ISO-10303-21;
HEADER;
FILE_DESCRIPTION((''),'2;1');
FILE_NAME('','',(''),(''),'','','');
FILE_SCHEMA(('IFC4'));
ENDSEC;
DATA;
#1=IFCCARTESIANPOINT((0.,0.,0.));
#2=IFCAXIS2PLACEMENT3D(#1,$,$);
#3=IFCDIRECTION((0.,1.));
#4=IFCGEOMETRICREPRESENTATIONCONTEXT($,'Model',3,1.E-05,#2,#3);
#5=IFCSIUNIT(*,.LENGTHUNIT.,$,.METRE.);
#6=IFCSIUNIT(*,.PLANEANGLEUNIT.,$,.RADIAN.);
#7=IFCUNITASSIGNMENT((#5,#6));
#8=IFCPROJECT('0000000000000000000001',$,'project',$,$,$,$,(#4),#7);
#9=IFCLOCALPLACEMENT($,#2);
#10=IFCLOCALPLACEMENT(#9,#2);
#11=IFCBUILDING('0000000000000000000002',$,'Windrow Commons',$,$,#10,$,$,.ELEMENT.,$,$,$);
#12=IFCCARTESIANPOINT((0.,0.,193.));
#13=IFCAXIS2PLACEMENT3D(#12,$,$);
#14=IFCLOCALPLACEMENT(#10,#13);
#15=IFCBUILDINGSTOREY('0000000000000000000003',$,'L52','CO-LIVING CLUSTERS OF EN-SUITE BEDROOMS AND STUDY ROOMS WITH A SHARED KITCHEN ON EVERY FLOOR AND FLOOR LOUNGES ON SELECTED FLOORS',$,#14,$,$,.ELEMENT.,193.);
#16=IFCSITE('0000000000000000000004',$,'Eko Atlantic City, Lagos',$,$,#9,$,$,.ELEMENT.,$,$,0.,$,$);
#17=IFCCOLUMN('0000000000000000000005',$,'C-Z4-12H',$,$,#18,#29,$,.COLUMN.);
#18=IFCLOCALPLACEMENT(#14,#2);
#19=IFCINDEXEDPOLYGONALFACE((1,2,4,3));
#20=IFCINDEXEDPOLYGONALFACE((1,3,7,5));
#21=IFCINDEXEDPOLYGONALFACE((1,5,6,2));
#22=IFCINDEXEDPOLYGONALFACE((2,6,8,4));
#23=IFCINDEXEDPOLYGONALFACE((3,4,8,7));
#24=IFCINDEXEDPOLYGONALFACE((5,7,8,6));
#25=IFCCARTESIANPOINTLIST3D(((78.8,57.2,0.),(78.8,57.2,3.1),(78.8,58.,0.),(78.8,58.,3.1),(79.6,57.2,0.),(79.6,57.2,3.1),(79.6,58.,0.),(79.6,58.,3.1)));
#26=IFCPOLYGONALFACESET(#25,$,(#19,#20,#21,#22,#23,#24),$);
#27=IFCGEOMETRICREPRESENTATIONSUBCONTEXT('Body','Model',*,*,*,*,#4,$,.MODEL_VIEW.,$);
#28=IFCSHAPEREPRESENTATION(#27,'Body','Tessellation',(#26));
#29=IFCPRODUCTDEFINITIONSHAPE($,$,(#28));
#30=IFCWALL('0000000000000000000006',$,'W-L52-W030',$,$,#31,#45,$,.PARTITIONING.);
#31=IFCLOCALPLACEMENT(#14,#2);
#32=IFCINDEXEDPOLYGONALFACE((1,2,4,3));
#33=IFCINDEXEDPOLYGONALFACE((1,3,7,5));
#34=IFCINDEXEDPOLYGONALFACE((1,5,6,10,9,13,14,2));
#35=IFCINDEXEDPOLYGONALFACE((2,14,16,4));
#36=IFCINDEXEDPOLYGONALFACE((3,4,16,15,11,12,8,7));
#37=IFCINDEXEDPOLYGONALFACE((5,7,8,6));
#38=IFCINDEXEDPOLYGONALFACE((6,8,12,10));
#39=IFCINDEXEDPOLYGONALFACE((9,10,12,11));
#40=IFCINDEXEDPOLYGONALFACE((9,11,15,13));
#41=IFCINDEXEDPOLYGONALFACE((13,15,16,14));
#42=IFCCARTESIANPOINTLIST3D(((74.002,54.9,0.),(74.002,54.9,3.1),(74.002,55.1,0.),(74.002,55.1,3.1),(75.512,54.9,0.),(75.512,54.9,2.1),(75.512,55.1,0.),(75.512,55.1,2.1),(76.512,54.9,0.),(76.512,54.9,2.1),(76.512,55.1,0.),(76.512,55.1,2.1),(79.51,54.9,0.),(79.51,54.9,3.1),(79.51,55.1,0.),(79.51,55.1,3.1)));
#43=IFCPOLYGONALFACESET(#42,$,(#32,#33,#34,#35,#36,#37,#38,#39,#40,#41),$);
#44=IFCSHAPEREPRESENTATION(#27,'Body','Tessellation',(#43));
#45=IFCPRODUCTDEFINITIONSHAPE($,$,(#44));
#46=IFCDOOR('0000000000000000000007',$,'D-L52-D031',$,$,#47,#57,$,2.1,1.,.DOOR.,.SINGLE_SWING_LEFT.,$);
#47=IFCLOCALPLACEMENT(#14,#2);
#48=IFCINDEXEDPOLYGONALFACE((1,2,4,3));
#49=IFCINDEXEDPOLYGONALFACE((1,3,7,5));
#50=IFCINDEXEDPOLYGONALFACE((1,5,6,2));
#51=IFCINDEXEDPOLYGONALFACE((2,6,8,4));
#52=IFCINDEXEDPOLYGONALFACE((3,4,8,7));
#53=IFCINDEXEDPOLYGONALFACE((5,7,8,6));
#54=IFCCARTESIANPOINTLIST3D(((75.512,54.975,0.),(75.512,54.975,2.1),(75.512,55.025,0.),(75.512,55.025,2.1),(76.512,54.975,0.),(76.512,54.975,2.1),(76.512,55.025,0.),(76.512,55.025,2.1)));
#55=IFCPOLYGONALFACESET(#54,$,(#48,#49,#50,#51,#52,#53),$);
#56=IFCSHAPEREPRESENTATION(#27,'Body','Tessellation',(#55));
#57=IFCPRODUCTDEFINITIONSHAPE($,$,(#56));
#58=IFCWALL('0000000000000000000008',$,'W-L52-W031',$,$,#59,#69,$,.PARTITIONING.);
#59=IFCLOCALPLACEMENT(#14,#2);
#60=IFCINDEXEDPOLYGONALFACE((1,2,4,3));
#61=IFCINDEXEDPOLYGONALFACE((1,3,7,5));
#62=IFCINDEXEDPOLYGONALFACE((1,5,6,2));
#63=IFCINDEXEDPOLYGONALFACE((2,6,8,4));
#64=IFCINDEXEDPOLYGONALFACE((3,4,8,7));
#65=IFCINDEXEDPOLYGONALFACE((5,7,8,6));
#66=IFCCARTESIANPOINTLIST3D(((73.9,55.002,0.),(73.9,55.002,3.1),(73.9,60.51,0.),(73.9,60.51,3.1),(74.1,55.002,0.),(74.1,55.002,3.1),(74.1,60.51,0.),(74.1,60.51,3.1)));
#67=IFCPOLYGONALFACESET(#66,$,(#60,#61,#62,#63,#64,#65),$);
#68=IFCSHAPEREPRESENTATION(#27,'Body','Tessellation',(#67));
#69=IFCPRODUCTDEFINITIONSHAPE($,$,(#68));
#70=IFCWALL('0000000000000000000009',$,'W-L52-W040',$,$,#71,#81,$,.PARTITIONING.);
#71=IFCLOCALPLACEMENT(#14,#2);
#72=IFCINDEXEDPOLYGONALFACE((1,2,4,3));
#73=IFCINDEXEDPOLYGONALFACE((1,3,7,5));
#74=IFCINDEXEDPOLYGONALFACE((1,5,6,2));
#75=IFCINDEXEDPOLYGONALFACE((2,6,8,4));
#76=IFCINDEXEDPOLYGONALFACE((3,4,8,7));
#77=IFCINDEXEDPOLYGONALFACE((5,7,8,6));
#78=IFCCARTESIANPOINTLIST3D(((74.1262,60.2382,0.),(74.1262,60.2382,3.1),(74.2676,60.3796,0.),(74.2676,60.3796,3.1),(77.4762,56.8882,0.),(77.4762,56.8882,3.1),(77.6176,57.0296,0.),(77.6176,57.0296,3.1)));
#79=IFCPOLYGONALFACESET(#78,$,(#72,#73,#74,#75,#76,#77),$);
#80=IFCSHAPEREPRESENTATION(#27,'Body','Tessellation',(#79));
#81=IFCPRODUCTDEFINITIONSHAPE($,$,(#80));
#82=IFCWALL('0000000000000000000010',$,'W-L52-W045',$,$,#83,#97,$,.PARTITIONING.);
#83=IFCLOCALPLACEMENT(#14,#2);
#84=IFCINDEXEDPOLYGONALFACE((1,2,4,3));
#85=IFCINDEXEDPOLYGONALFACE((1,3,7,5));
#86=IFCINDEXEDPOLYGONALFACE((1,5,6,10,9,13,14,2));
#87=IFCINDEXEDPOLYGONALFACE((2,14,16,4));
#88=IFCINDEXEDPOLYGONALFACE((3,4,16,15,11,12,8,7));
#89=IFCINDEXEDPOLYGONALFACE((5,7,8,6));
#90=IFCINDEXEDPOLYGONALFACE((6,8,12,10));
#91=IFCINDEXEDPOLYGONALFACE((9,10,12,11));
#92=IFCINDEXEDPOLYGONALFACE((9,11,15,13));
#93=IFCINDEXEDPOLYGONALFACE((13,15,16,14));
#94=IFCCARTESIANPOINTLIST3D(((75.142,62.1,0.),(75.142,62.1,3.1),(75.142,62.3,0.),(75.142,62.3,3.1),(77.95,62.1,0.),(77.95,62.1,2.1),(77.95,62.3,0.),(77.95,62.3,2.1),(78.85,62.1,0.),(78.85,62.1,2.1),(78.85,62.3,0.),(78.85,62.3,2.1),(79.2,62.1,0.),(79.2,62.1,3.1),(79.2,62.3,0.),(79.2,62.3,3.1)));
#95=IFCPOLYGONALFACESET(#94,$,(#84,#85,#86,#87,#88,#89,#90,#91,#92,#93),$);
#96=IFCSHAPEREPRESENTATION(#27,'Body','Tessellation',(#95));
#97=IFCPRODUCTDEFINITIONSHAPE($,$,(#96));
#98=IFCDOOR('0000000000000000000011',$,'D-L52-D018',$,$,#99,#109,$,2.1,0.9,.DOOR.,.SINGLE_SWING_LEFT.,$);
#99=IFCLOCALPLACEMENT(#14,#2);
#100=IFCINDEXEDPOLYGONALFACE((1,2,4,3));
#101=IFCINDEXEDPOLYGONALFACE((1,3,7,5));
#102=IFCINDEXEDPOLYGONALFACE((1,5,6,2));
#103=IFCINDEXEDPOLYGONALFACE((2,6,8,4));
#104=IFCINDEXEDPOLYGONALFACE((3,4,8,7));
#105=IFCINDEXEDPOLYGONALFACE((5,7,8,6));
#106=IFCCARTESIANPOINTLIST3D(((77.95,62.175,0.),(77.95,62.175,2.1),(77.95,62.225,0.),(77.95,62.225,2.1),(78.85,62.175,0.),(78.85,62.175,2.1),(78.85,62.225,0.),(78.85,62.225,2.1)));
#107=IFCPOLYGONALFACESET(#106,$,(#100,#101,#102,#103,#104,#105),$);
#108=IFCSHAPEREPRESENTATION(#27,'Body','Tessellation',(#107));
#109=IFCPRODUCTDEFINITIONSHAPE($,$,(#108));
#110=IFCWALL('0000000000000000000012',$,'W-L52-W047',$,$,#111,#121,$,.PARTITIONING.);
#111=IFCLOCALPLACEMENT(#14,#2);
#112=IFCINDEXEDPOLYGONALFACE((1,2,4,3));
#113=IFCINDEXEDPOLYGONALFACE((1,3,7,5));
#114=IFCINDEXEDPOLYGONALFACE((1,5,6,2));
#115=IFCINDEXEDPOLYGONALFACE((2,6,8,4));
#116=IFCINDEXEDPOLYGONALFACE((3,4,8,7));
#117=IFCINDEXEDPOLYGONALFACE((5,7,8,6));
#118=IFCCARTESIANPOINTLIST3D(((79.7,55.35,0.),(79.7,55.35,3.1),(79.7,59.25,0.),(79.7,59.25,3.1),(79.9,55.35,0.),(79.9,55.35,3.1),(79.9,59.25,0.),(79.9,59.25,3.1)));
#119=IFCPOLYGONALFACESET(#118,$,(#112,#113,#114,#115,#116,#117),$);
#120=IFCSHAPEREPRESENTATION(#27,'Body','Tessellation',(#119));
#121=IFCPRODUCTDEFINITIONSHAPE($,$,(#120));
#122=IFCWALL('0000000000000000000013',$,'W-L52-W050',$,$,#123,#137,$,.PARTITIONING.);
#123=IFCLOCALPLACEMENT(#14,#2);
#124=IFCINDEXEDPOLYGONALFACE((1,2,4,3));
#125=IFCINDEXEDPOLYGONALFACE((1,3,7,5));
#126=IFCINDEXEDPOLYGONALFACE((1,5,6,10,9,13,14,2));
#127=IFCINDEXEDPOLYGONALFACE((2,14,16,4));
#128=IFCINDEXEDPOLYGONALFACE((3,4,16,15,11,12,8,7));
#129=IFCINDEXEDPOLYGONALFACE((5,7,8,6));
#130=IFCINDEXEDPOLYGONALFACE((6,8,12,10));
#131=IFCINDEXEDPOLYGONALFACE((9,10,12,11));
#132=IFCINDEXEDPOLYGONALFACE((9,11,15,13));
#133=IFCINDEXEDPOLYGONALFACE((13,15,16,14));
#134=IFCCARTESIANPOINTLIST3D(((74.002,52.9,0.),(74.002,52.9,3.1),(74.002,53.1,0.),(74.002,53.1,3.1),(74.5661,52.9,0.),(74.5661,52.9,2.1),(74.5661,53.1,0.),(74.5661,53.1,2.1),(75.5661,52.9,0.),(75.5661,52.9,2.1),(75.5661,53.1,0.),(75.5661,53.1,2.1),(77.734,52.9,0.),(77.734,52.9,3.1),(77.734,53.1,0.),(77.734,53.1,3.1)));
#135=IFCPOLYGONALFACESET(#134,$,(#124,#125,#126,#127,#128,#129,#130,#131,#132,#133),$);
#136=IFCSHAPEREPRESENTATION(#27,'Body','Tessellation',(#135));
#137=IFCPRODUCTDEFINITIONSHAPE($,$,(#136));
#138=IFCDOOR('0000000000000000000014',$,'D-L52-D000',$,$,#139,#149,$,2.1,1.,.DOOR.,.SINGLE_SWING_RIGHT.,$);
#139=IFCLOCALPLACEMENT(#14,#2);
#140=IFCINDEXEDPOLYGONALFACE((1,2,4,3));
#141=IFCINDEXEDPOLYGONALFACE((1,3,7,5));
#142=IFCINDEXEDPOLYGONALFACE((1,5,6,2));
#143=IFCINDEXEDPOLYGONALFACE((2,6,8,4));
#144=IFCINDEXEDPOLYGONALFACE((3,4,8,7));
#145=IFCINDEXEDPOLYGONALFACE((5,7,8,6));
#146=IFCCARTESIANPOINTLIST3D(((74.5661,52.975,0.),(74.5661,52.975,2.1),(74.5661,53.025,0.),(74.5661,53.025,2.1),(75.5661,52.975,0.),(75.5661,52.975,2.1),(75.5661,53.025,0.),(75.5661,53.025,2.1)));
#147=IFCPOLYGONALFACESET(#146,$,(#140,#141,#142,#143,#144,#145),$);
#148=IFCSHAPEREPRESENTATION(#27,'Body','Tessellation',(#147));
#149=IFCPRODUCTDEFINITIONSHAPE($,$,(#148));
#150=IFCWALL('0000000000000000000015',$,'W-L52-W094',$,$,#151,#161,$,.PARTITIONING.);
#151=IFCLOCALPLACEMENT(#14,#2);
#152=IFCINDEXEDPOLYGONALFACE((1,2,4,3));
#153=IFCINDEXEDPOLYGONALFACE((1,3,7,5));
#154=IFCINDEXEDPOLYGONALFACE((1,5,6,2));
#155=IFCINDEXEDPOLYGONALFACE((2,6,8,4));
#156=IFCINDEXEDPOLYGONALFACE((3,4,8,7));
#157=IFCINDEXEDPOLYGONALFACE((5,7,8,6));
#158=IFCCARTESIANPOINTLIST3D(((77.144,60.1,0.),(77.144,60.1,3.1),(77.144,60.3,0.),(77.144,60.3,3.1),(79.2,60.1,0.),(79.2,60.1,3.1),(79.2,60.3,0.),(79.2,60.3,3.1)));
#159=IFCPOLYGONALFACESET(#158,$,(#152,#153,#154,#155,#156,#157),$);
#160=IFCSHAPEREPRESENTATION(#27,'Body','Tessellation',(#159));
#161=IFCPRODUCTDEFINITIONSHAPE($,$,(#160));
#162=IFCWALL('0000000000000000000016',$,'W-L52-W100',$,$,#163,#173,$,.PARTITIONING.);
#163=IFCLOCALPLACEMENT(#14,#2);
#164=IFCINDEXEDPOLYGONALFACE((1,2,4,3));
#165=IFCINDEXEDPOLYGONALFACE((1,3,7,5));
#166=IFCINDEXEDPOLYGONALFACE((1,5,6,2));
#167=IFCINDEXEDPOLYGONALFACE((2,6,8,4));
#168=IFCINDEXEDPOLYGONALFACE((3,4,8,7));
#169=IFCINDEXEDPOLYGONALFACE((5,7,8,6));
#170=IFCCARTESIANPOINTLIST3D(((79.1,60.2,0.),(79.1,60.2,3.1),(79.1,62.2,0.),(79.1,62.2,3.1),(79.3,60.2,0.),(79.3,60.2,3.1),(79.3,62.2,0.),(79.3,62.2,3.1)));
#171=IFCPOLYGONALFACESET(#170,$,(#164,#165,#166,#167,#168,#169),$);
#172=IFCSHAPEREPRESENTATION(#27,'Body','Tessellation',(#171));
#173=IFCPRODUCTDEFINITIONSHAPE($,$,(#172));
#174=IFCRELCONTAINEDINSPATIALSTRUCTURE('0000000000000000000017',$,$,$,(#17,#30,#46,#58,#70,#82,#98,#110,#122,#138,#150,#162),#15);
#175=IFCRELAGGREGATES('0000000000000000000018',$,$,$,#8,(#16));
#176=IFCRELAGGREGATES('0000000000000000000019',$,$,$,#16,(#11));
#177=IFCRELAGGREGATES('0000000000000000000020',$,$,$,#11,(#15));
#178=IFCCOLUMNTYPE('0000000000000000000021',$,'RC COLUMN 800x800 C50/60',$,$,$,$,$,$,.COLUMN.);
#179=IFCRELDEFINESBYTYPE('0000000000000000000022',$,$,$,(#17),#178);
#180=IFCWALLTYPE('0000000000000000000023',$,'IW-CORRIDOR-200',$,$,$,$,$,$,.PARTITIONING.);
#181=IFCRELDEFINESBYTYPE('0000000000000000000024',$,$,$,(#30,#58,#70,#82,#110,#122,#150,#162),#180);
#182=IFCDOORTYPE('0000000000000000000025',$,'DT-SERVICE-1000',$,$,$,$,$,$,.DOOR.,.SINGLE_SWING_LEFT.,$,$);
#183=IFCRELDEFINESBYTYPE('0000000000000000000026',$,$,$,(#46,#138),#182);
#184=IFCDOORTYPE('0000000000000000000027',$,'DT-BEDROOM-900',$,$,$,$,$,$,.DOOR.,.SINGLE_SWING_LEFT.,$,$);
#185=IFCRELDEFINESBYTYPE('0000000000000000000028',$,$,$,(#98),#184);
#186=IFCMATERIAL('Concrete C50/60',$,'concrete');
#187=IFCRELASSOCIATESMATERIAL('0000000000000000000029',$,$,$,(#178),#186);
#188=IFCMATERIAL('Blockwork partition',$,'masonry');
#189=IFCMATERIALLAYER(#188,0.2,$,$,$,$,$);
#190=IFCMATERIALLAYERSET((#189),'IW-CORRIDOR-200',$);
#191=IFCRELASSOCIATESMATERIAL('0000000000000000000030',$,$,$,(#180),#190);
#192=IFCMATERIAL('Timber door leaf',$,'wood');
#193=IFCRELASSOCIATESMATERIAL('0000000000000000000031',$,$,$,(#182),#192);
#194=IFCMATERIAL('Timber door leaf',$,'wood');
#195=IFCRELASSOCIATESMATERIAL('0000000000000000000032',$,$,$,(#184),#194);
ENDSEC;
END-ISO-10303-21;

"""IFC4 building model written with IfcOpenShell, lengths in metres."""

from ifc_helpers import new_model, si_unit, direction, frame, frame_2d, origin, origin_2d, place, context, subcontext, project, spatial, rectangle, extrude, material, layer, layer_set, material_profile, profile_set, type_object, element, fill, save


model = new_model("IFC4")

# Units and contexts
model_context = context("Model", 3, precision=1e-05, world=origin(), true_north=direction((0.0, 1.0)))
body_context = subcontext(model_context, "Body", "Model", "MODEL_VIEW")
ifc_project = project(units=[si_unit("LENGTHUNIT", "METRE"), si_unit("PLANEANGLEUNIT", "RADIAN")], contexts=[model_context])

# Site, building, storey
site_placement = place(None, origin())
site = spatial("IfcSite", under=ifc_project, at=site_placement, Name="Eko Atlantic City, Lagos", CompositionType="ELEMENT", RefElevation=0.0)
building_placement = place(site_placement, origin())
building = spatial("IfcBuilding", under=site, at=building_placement, Name="Windrow Commons", CompositionType="ELEMENT")
storey_placement = place(building_placement, frame((0.0, 0.0, 193.0)))
storey = spatial("IfcBuildingStorey", under=building, at=storey_placement, Name="L52", Description="CO-LIVING CLUSTERS OF EN-SUITE BEDROOMS AND STUDY ROOMS WITH A SHARED KITCHEN ON EVERY FLOOR AND FLOOR LOUNGES ON SELECTED FLOORS", CompositionType="ELEMENT", Elevation=193.0)

# Column
ifc_material_1 = material(Name="Concrete C50/60", Category="concrete")
ifc_material_profile = material_profile(ifc_material_1, rectangle(XDim=0.8, YDim=0.8, at=origin_2d()))
ifc_profile_set = profile_set([ifc_material_profile], Name="Concrete C50/60")
column_type = type_object("IfcColumnType", Name="RC COLUMN 800x800 C50/60", PredefinedType="COLUMN", material=ifc_profile_set)
column_placement = place(storey_placement, frame((79.2, 57.6, 0.0), z_axis=(0.0, 0.0, 1.0), x_axis=(1.0, 0.0, 0.0)))
element("IfcColumn", 1, at=column_placement, inside=storey, type_object=column_type, Name="C-Z4-12H", PredefinedType="COLUMN", context=body_context, shape_type="SweptSolid", body=[
    extrude(rectangle(XDim=0.8, YDim=0.8, at=origin_2d()), origin(), (0.0, 0.0, 1.0), 3.1),
])

# Wall, opening, door
ifc_material_2 = material(Name="Blockwork partition", Category="masonry")
ifc_layer_1 = layer(ifc_material_2, 0.2)
ifc_layer_set_1 = layer_set([ifc_layer_1], Name="IW-CORRIDOR-200")
wall_type_1 = type_object("IfcWallType", Name="IW-CORRIDOR-200", PredefinedType="PARTITIONING", material=ifc_layer_set_1)
wall_1_placement = place(storey_placement, frame((74.002, 55.0, 0.0), z_axis=(0.0, 0.0, 1.0), x_axis=(1.0, 0.0, 0.0)))
wall_1 = element("IfcWall", 2, at=wall_1_placement, inside=storey, type_object=wall_type_1, Name="W-L52-W030", PredefinedType="PARTITIONING", context=body_context, shape_type="SweptSolid", body=[
    extrude(rectangle(XDim=5.508, YDim=0.2, at=frame_2d((2.754, 0.0))), origin(), (0.0, 0.0, 1.0), 3.1),
])
opening_1_placement = place(wall_1_placement, frame((1.51, 0.0, 0.0)))
opening_1 = element("IfcOpeningElement", 3, at=opening_1_placement, cuts=wall_1, PredefinedType="OPENING", context=body_context, shape_type="SweptSolid", body=[
    extrude(rectangle(XDim=1.0, YDim=2.1, at=frame_2d((0.5, 1.05))), frame((0.0, 0.11, 0.0), z_axis=(0.0, -1.0, 0.0), x_axis=(1.0, 0.0, 0.0)), (0.0, 0.0, 1.0), 0.22),
])
ifc_material_3 = material(Name="Timber door leaf", Category="wood")
door_type_1 = type_object("IfcDoorType", Name="DT-SERVICE-1000", OperationType="SINGLE_SWING_LEFT", PredefinedType="DOOR", material=ifc_material_3)
door_1_placement = place(opening_1_placement, origin())
door_1 = element("IfcDoor", 4, at=door_1_placement, inside=storey, type_object=door_type_1, Name="D-L52-D031", OperationType="SINGLE_SWING_LEFT", OverallHeight=2.1, OverallWidth=1.0, PredefinedType="DOOR", context=body_context, shape_type="SweptSolid", body=[
    extrude(rectangle(XDim=1.0, YDim=2.1, at=frame_2d((0.5, 1.05))), frame((0.0, 0.025, 0.0), z_axis=(0.0, -1.0, 0.0), x_axis=(1.0, 0.0, 0.0)), (0.0, 0.0, 1.0), 0.05),
])
fill(opening_1, door_1)

# Walls
wall_2_placement = place(storey_placement, frame((74.0, 55.002, 0.0), z_axis=(0.0, 0.0, 1.0), x_axis=(0.0, 1.0, 0.0)))
element("IfcWall", 5, at=wall_2_placement, inside=storey, type_object=wall_type_1, Name="W-L52-W031", PredefinedType="PARTITIONING", context=body_context, shape_type="SweptSolid", body=[
    extrude(rectangle(XDim=5.508, YDim=0.2, at=frame_2d((2.754, 0.0))), origin(), (0.0, 0.0, 1.0), 3.1),
])
wall_3_placement = place(storey_placement, frame((74.1969, 60.3089, 0.0), z_axis=(0.0, 0.0, 1.0), x_axis=(0.707107, -0.707107, 0.0)))
element("IfcWall", 6, at=wall_3_placement, inside=storey, type_object=wall_type_1, Name="W-L52-W040", PredefinedType="PARTITIONING", context=body_context, shape_type="SweptSolid", body=[
    extrude(rectangle(XDim=4.7376, YDim=0.2, at=frame_2d((2.3688, 0.0))), origin(), (0.0, 0.0, 1.0), 3.1),
])

# Wall, opening, door
wall_4_placement = place(storey_placement, frame((75.142, 62.2, 0.0), z_axis=(0.0, 0.0, 1.0), x_axis=(1.0, 0.0, 0.0)))
wall_4 = element("IfcWall", 7, at=wall_4_placement, inside=storey, type_object=wall_type_1, Name="W-L52-W045", PredefinedType="PARTITIONING", context=body_context, shape_type="SweptSolid", body=[
    extrude(rectangle(XDim=4.058, YDim=0.2, at=frame_2d((2.029, 0.0))), origin(), (0.0, 0.0, 1.0), 3.1),
])
opening_2_placement = place(wall_4_placement, frame((2.808, 0.0, 0.0)))
opening_2 = element("IfcOpeningElement", 8, at=opening_2_placement, cuts=wall_4, PredefinedType="OPENING", context=body_context, shape_type="SweptSolid", body=[
    extrude(rectangle(XDim=0.9, YDim=2.1, at=frame_2d((0.45, 1.05))), frame((0.0, 0.11, 0.0), z_axis=(0.0, -1.0, 0.0), x_axis=(1.0, 0.0, 0.0)), (0.0, 0.0, 1.0), 0.22),
])
ifc_material_4 = material(Name="Timber door leaf", Category="wood")
door_type_2 = type_object("IfcDoorType", Name="DT-BEDROOM-900", OperationType="SINGLE_SWING_LEFT", PredefinedType="DOOR", material=ifc_material_4)
door_2_placement = place(opening_2_placement, origin())
door_2 = element("IfcDoor", 9, at=door_2_placement, inside=storey, type_object=door_type_2, Name="D-L52-D018", OperationType="SINGLE_SWING_LEFT", OverallHeight=2.1, OverallWidth=0.9, PredefinedType="DOOR", context=body_context, shape_type="SweptSolid", body=[
    extrude(rectangle(XDim=0.9, YDim=2.1, at=frame_2d((0.45, 1.05))), frame((0.0, 0.025, 0.0), z_axis=(0.0, -1.0, 0.0), x_axis=(1.0, 0.0, 0.0)), (0.0, 0.0, 1.0), 0.05),
])
fill(opening_2, door_2)

# Wall
wall_5_placement = place(storey_placement, frame((79.8, 55.35, 0.0), z_axis=(0.0, 0.0, 1.0), x_axis=(0.0, 1.0, 0.0)))
element("IfcWall", 10, at=wall_5_placement, inside=storey, type_object=wall_type_1, Name="W-L52-W047", PredefinedType="PARTITIONING", context=body_context, shape_type="SweptSolid", body=[
    extrude(rectangle(XDim=3.9, YDim=0.2, at=frame_2d((1.95, 0.0))), origin(), (0.0, 0.0, 1.0), 3.1),
])

# Wall, opening, door
wall_6_placement = place(storey_placement, frame((74.002, 53.0, 0.0), z_axis=(0.0, 0.0, 1.0), x_axis=(1.0, 0.0, 0.0)))
wall_6 = element("IfcWall", 11, at=wall_6_placement, inside=storey, type_object=wall_type_1, Name="W-L52-W050", PredefinedType="PARTITIONING", context=body_context, shape_type="SweptSolid", body=[
    extrude(rectangle(XDim=3.732, YDim=0.2, at=frame_2d((1.866, 0.0))), origin(), (0.0, 0.0, 1.0), 3.1),
])
opening_3_placement = place(wall_6_placement, frame((0.5641, 0.0, 0.0)))
opening_3 = element("IfcOpeningElement", 12, at=opening_3_placement, cuts=wall_6, PredefinedType="OPENING", context=body_context, shape_type="SweptSolid", body=[
    extrude(rectangle(XDim=1.0, YDim=2.1, at=frame_2d((0.5, 1.05))), frame((0.0, 0.11, 0.0), z_axis=(0.0, -1.0, 0.0), x_axis=(1.0, 0.0, 0.0)), (0.0, 0.0, 1.0), 0.22),
])
door_3_placement = place(opening_3_placement, origin())
door_3 = element("IfcDoor", 13, at=door_3_placement, inside=storey, type_object=door_type_1, Name="D-L52-D000", OperationType="SINGLE_SWING_RIGHT", OverallHeight=2.1, OverallWidth=1.0, PredefinedType="DOOR", context=body_context, shape_type="SweptSolid", body=[
    extrude(rectangle(XDim=1.0, YDim=2.1, at=frame_2d((0.5, 1.05))), frame((0.0, 0.025, 0.0), z_axis=(0.0, -1.0, 0.0), x_axis=(1.0, 0.0, 0.0)), (0.0, 0.0, 1.0), 0.05),
])
fill(opening_3, door_3)

# Walls
wall_7_placement = place(storey_placement, frame((77.144, 60.2, 0.0), z_axis=(0.0, 0.0, 1.0), x_axis=(1.0, 0.0, 0.0)))
element("IfcWall", 14, at=wall_7_placement, inside=storey, type_object=wall_type_1, Name="W-L52-W094", PredefinedType="PARTITIONING", context=body_context, shape_type="SweptSolid", body=[
    extrude(rectangle(XDim=2.056, YDim=0.2, at=frame_2d((1.028, 0.0))), origin(), (0.0, 0.0, 1.0), 3.1),
])
wall_8_placement = place(storey_placement, frame((79.2, 60.2, 0.0), z_axis=(0.0, 0.0, 1.0), x_axis=(0.0, 1.0, 0.0)))
element("IfcWall", 15, at=wall_8_placement, inside=storey, type_object=wall_type_1, Name="W-L52-W100", PredefinedType="PARTITIONING", context=body_context, shape_type="SweptSolid", body=[
    extrude(rectangle(XDim=2.0, YDim=0.2, at=frame_2d((1.0, 0.0))), origin(), (0.0, 0.0, 1.0), 3.1),
])

save(model, "model.ifc")
